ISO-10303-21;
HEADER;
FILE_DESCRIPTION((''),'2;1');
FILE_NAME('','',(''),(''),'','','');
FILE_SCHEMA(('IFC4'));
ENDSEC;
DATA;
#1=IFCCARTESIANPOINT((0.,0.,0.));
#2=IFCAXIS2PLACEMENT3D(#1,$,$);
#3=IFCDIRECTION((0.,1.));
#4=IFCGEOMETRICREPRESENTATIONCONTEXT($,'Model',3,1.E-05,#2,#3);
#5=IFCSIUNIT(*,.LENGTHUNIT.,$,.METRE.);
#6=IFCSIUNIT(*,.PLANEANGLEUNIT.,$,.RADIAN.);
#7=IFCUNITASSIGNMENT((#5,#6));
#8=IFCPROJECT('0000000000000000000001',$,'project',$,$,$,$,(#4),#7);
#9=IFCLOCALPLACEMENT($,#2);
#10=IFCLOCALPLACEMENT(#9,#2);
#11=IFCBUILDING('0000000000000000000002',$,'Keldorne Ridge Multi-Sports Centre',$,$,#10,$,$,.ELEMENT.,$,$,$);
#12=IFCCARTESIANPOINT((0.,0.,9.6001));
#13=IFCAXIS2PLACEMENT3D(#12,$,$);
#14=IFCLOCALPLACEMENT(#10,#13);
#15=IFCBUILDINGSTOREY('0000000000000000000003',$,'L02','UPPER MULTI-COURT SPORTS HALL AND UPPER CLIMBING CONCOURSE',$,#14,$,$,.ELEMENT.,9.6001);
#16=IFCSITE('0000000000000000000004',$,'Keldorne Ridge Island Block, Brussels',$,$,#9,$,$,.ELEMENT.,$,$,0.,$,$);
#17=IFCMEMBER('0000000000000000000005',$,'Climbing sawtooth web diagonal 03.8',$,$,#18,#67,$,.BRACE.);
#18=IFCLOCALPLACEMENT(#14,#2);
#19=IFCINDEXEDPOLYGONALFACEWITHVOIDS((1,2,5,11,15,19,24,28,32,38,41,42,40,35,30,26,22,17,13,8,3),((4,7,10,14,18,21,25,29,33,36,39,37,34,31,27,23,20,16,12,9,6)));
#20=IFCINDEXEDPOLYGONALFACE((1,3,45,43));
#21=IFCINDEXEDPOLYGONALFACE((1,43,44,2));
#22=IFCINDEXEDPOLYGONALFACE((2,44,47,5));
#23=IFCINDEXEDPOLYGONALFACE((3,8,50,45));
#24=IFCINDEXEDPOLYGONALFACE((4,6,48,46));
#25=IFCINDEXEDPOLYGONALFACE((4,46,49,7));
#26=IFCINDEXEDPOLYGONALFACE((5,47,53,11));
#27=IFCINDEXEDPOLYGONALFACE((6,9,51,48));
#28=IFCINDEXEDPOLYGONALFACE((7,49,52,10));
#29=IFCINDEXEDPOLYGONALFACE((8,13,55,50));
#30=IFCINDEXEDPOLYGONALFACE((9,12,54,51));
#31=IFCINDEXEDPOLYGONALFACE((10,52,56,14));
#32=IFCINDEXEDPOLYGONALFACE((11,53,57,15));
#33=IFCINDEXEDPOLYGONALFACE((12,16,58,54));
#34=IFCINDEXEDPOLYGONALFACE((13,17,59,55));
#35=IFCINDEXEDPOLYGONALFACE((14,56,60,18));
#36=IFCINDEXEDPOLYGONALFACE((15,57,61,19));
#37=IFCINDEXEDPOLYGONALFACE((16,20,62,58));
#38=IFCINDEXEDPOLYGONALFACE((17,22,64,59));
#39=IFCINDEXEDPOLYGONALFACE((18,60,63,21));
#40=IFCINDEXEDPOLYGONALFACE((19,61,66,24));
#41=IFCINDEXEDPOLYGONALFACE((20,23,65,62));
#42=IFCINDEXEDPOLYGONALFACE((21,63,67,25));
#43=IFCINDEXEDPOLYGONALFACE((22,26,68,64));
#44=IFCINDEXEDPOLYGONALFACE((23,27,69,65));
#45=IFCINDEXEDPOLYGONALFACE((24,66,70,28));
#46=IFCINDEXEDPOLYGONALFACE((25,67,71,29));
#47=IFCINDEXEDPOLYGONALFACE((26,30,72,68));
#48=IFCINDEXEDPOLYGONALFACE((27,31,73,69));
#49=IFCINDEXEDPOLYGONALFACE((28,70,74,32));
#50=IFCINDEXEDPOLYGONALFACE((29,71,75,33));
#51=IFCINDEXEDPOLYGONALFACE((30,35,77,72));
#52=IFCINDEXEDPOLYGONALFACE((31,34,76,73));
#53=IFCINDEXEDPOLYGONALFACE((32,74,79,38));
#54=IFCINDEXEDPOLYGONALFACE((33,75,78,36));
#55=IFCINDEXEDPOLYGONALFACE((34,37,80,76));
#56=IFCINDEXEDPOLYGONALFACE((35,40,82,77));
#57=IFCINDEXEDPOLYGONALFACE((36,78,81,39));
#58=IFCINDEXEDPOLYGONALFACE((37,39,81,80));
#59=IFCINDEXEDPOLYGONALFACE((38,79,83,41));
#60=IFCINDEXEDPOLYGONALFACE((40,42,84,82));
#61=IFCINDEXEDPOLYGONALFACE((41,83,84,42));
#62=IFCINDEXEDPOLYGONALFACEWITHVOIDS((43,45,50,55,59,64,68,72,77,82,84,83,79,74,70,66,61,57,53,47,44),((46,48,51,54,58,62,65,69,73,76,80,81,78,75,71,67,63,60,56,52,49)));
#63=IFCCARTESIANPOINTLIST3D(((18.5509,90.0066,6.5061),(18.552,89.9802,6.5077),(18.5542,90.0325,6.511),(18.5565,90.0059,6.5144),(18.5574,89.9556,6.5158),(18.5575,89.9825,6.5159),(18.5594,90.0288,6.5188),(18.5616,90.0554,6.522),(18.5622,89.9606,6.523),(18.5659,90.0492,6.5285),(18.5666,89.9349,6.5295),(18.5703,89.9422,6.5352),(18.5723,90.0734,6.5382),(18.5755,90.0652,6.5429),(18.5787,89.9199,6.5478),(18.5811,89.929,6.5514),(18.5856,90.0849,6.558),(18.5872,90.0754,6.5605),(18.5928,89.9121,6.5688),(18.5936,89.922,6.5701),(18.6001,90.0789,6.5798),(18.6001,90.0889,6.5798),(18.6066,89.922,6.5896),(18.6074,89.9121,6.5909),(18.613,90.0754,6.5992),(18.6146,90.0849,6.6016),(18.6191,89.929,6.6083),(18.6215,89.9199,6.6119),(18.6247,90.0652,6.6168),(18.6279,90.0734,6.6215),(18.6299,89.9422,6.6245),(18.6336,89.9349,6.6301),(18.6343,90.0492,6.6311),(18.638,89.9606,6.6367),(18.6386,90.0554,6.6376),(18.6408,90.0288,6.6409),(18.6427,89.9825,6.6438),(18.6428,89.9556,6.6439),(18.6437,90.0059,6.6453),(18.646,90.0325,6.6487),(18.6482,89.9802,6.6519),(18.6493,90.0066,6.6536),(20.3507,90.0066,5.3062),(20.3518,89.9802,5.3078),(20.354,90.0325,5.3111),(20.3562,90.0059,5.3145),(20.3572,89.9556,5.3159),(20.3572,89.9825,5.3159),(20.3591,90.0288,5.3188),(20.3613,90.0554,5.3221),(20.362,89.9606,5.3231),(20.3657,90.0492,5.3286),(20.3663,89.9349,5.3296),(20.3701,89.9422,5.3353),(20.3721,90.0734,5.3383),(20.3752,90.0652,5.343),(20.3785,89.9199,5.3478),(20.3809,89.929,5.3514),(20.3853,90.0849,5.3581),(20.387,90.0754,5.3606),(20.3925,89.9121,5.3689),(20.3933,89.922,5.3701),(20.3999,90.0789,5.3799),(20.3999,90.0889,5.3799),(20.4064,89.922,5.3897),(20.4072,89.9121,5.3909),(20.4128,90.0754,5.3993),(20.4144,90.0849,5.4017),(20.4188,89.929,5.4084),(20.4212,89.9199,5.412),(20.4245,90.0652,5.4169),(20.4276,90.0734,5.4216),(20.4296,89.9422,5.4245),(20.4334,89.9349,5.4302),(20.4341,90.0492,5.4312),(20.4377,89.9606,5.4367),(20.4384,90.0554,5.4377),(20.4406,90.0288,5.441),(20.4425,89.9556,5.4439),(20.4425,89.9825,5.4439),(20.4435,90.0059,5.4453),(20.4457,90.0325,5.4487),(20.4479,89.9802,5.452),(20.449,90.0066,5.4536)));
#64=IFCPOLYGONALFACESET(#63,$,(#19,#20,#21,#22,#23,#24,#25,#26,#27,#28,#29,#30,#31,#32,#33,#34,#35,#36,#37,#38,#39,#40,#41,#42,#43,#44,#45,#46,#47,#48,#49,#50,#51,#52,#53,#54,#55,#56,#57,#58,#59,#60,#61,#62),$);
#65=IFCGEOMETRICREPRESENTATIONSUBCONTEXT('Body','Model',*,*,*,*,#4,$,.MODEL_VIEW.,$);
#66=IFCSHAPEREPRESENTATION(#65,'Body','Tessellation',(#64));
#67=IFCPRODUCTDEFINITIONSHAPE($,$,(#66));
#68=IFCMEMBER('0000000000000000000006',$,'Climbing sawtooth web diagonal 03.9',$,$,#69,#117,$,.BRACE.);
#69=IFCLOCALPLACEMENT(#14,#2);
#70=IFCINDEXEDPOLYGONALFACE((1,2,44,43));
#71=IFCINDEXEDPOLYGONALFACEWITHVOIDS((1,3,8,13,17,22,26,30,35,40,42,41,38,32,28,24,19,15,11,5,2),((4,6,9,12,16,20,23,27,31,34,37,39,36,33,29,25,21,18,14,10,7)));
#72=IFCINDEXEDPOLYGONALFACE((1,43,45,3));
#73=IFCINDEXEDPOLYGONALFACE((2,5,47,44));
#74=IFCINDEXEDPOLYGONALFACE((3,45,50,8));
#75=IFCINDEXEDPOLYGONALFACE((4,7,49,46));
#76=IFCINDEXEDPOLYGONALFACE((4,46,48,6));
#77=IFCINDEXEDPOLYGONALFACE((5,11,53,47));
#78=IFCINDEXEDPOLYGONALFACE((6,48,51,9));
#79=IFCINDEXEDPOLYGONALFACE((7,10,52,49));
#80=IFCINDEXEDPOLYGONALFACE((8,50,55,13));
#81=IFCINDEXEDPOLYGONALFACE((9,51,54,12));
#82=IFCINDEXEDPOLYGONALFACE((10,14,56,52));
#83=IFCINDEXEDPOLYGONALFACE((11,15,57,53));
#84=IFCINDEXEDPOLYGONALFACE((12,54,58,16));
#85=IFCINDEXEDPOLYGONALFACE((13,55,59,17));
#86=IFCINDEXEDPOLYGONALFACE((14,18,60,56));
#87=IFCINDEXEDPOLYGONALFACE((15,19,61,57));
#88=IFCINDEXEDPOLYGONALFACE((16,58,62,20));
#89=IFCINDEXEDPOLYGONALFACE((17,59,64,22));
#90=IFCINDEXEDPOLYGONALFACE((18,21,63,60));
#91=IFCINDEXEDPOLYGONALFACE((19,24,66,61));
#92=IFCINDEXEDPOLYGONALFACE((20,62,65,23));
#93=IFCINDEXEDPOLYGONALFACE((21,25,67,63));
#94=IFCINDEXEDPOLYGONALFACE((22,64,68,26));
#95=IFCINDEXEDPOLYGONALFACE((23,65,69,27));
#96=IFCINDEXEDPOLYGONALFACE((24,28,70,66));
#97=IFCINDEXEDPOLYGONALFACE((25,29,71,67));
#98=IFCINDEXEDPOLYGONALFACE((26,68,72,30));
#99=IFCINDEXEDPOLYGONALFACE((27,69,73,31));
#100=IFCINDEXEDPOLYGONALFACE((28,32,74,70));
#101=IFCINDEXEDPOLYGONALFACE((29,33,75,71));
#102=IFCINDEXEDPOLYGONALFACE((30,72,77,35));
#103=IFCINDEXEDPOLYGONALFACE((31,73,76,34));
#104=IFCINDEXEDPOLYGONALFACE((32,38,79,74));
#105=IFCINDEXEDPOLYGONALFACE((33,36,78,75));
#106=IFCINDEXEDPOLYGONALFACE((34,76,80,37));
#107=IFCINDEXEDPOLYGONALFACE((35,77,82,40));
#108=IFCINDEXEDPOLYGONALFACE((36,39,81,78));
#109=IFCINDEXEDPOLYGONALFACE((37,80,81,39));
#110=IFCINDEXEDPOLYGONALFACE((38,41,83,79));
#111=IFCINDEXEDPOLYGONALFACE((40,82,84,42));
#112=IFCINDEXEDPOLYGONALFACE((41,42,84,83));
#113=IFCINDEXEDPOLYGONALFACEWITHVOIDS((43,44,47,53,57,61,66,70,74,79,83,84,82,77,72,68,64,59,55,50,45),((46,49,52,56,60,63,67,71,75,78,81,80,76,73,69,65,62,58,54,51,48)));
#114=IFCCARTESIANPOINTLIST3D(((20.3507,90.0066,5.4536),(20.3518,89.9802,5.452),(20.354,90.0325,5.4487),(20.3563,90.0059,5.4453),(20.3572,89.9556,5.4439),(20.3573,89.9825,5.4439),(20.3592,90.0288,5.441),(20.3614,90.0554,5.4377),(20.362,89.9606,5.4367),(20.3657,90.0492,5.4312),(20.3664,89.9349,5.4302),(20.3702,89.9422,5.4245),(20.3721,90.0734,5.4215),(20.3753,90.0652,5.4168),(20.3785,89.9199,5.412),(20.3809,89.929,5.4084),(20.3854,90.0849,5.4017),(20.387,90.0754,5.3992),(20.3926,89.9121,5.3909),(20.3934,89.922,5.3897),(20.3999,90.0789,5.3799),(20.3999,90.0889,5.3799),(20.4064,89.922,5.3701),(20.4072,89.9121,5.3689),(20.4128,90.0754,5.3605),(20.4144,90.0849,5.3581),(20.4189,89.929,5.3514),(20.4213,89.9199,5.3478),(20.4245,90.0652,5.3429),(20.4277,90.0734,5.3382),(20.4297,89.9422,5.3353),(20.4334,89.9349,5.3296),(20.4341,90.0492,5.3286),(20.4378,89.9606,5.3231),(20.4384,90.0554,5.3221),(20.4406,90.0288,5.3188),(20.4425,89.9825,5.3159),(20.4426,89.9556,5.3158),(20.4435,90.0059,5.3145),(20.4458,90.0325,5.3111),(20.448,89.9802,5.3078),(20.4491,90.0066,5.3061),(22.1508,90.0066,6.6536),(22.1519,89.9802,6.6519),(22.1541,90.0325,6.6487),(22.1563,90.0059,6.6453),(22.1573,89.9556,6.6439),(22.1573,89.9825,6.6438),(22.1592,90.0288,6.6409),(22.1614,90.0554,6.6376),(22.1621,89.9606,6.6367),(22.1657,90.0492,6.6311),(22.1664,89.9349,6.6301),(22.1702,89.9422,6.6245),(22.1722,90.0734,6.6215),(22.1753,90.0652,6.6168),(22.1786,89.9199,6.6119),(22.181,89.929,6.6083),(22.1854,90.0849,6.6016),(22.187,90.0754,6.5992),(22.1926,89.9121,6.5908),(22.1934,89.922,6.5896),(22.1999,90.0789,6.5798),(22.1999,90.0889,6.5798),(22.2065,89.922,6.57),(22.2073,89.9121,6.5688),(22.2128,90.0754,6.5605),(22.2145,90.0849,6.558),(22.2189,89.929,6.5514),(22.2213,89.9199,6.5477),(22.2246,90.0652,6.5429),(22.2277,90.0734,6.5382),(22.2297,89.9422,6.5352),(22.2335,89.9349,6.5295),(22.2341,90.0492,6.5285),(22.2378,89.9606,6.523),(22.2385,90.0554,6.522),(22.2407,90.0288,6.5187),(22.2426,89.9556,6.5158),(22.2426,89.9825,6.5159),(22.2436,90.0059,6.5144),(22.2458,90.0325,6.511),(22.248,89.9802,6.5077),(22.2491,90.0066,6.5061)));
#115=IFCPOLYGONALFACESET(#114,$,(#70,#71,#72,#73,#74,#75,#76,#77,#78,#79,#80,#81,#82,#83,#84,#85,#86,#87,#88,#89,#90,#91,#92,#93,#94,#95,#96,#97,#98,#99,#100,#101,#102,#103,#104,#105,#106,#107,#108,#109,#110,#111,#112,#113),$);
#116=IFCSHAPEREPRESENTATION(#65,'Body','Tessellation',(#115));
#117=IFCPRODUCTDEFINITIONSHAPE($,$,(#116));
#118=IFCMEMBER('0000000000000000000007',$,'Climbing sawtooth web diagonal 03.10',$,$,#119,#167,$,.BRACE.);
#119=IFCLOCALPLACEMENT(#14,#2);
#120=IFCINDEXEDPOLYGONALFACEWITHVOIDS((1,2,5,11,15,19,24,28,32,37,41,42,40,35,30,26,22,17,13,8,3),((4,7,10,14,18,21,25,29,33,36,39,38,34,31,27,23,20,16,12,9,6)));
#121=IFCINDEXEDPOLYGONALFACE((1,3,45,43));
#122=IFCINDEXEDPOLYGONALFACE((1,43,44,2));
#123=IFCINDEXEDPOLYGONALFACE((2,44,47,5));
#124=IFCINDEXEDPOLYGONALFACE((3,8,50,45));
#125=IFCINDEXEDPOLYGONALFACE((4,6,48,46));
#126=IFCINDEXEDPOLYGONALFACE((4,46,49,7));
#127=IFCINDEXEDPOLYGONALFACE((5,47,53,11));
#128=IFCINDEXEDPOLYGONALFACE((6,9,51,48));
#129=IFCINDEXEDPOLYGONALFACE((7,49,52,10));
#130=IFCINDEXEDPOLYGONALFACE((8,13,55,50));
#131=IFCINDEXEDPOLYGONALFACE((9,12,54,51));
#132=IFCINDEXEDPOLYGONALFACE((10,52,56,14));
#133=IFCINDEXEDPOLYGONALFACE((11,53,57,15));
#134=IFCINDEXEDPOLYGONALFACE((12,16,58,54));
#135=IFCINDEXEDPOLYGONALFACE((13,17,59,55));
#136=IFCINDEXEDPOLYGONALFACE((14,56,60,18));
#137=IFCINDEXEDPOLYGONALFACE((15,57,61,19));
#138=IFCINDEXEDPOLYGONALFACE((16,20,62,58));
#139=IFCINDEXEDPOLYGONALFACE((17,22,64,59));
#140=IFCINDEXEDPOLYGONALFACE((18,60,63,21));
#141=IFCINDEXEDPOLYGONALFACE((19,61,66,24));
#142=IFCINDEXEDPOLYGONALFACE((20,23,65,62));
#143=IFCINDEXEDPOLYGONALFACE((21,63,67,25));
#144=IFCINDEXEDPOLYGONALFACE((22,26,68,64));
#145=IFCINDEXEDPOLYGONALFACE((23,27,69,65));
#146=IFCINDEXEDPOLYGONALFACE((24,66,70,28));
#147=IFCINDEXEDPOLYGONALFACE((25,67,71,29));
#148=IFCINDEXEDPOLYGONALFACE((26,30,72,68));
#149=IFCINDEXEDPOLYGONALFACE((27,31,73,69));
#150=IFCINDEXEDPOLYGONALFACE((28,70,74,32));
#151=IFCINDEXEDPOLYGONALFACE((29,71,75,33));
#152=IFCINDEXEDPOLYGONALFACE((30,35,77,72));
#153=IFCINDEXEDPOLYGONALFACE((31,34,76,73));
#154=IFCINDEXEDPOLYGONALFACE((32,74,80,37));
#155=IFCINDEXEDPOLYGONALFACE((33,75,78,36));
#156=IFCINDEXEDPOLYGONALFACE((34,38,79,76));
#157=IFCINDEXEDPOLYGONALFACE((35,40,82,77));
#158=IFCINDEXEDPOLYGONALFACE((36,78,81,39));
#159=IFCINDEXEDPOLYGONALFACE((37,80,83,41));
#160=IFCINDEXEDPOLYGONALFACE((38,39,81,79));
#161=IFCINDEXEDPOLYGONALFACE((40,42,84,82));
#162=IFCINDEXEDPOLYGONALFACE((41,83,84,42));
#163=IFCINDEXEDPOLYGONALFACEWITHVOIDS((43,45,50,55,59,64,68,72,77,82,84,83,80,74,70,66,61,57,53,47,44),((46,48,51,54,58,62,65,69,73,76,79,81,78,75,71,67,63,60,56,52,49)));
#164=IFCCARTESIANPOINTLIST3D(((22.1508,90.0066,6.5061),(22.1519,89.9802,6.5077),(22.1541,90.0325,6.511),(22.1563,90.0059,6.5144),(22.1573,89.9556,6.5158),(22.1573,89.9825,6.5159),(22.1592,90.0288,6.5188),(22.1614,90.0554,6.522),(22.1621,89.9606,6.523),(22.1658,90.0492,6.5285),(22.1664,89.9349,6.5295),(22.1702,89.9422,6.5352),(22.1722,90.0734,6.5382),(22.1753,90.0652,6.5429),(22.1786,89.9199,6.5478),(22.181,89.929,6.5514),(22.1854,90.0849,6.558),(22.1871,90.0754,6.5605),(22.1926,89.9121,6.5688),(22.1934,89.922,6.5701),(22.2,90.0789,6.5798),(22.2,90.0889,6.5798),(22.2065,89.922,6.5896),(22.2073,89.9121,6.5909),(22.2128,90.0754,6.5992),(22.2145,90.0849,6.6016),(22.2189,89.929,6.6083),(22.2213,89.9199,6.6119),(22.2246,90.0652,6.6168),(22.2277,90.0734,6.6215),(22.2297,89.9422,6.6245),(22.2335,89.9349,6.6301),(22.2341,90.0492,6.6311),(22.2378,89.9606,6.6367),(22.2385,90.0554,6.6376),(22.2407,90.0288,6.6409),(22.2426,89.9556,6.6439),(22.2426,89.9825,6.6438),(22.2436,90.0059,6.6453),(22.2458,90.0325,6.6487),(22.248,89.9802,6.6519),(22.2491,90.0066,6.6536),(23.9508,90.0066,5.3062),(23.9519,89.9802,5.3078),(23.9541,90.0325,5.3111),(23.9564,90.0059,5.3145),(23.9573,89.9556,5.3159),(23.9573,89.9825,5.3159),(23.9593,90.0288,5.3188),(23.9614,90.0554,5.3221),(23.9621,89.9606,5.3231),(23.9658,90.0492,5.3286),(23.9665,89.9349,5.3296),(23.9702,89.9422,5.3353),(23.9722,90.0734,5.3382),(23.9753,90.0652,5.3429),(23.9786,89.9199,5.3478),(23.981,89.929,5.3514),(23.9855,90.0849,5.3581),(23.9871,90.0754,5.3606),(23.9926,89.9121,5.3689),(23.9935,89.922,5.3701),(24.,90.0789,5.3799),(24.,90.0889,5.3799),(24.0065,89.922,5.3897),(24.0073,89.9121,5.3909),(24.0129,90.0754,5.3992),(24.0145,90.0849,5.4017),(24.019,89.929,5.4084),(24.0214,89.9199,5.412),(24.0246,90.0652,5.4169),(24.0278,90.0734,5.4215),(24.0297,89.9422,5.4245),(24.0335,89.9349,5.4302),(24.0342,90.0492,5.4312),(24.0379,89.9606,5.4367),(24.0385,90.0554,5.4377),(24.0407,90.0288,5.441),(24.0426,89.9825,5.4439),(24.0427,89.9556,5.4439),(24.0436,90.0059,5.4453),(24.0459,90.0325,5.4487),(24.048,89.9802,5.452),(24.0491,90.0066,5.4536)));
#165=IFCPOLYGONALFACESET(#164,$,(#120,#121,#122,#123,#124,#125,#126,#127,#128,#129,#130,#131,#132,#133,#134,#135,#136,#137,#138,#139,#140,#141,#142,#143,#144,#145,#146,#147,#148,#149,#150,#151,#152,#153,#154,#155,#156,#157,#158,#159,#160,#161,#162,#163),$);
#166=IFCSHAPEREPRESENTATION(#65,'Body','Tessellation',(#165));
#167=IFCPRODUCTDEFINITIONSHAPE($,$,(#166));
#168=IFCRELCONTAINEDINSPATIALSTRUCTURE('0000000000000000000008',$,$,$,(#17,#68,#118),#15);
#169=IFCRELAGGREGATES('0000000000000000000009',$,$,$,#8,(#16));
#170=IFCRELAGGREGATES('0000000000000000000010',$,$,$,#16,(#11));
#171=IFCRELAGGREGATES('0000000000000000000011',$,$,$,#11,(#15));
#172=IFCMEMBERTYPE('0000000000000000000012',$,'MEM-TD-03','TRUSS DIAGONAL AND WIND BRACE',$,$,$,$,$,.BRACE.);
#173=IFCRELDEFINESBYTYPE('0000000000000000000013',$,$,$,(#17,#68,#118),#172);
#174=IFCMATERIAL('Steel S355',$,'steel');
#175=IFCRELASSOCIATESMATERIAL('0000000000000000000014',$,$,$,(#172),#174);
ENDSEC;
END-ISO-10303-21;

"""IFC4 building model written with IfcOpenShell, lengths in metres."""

from ifc_helpers import new_model, si_unit, direction, frame, origin, origin_2d, place, context, subcontext, project, spatial, hollow_circle, extrude, material, material_profile, profile_set, type_object, element, save


model = new_model("IFC4")

# Units and contexts
model_context = context("Model", 3, precision=1e-05, world=origin(), true_north=direction((0.0, 1.0)))
body_context = subcontext(model_context, "Body", "Model", "MODEL_VIEW")
ifc_project = project(units=[si_unit("LENGTHUNIT", "METRE"), si_unit("PLANEANGLEUNIT", "RADIAN")], contexts=[model_context])

# Site, building, storey
site_placement = place(None, origin())
site = spatial("IfcSite", under=ifc_project, at=site_placement, Name="Keldorne Ridge Island Block, Brussels", CompositionType="ELEMENT", RefElevation=0.0)
building_placement = place(site_placement, origin())
building = spatial("IfcBuilding", under=site, at=building_placement, Name="Keldorne Ridge Multi-Sports Centre", CompositionType="ELEMENT")
storey_placement = place(building_placement, frame((0.0, 0.0, 9.6001)))
storey = spatial("IfcBuildingStorey", under=building, at=storey_placement, Name="L02", Description="UPPER MULTI-COURT SPORTS HALL AND UPPER CLIMBING CONCOURSE", CompositionType="ELEMENT", Elevation=9.6001)

# Members
ifc_material = material(Name="Steel S355", Category="steel")
ifc_material_profile_1 = material_profile(ifc_material, hollow_circle(Radius=0.0889, WallThickness=0.01, at=origin_2d()), Name="CHS 177.8x10")
ifc_profile_set_1 = profile_set([ifc_material_profile_1], Name="Steel S355")
member_type_1 = type_object("IfcMemberType", Name="MEM-TD-03", Description="TRUSS DIAGONAL AND WIND BRACE", PredefinedType="BRACE", material=ifc_profile_set_1)
member_1_placement = place(storey_placement, frame((18.6001, 90.0, 6.5798), z_axis=(0.832033, 0.0, -0.554726), x_axis=(0.0, 1.0, 0.0)))
element("IfcMember", 1, at=member_1_placement, inside=storey, type_object=member_type_1, Name="Climbing sawtooth web diagonal 03.8", PredefinedType="BRACE", context=body_context, shape_type="SweptSolid", body=[
    extrude(hollow_circle(Radius=0.0889, WallThickness=0.01, at=origin_2d()), origin(), (0.0, 0.0, 1.0), 2.1631),
])
for number, where, z_axis, x_axis, name in (
    (2, (20.3999, 90.0, 5.3799), (0.832068, 0.0, 0.554674), (0.0, 1.0, 0.0), "Climbing sawtooth web diagonal 03.9"),
    (3, (22.2, 90.0, 6.5798), (0.832068, 0.0, -0.554674), (0.0, 1.0, 0.0), "Climbing sawtooth web diagonal 03.10"),
):
    element("IfcMember", number, at=place(storey_placement, frame(where, z_axis=z_axis, x_axis=x_axis)), inside=storey, type_object=member_type_1, Name=name, PredefinedType="BRACE", context=body_context, shape_type="SweptSolid", body=[
        extrude(hollow_circle(Radius=0.0889, WallThickness=0.01, at=origin_2d()), origin(), (0.0, 0.0, 1.0), 2.1633),
    ])

save(model, "model.ifc")
